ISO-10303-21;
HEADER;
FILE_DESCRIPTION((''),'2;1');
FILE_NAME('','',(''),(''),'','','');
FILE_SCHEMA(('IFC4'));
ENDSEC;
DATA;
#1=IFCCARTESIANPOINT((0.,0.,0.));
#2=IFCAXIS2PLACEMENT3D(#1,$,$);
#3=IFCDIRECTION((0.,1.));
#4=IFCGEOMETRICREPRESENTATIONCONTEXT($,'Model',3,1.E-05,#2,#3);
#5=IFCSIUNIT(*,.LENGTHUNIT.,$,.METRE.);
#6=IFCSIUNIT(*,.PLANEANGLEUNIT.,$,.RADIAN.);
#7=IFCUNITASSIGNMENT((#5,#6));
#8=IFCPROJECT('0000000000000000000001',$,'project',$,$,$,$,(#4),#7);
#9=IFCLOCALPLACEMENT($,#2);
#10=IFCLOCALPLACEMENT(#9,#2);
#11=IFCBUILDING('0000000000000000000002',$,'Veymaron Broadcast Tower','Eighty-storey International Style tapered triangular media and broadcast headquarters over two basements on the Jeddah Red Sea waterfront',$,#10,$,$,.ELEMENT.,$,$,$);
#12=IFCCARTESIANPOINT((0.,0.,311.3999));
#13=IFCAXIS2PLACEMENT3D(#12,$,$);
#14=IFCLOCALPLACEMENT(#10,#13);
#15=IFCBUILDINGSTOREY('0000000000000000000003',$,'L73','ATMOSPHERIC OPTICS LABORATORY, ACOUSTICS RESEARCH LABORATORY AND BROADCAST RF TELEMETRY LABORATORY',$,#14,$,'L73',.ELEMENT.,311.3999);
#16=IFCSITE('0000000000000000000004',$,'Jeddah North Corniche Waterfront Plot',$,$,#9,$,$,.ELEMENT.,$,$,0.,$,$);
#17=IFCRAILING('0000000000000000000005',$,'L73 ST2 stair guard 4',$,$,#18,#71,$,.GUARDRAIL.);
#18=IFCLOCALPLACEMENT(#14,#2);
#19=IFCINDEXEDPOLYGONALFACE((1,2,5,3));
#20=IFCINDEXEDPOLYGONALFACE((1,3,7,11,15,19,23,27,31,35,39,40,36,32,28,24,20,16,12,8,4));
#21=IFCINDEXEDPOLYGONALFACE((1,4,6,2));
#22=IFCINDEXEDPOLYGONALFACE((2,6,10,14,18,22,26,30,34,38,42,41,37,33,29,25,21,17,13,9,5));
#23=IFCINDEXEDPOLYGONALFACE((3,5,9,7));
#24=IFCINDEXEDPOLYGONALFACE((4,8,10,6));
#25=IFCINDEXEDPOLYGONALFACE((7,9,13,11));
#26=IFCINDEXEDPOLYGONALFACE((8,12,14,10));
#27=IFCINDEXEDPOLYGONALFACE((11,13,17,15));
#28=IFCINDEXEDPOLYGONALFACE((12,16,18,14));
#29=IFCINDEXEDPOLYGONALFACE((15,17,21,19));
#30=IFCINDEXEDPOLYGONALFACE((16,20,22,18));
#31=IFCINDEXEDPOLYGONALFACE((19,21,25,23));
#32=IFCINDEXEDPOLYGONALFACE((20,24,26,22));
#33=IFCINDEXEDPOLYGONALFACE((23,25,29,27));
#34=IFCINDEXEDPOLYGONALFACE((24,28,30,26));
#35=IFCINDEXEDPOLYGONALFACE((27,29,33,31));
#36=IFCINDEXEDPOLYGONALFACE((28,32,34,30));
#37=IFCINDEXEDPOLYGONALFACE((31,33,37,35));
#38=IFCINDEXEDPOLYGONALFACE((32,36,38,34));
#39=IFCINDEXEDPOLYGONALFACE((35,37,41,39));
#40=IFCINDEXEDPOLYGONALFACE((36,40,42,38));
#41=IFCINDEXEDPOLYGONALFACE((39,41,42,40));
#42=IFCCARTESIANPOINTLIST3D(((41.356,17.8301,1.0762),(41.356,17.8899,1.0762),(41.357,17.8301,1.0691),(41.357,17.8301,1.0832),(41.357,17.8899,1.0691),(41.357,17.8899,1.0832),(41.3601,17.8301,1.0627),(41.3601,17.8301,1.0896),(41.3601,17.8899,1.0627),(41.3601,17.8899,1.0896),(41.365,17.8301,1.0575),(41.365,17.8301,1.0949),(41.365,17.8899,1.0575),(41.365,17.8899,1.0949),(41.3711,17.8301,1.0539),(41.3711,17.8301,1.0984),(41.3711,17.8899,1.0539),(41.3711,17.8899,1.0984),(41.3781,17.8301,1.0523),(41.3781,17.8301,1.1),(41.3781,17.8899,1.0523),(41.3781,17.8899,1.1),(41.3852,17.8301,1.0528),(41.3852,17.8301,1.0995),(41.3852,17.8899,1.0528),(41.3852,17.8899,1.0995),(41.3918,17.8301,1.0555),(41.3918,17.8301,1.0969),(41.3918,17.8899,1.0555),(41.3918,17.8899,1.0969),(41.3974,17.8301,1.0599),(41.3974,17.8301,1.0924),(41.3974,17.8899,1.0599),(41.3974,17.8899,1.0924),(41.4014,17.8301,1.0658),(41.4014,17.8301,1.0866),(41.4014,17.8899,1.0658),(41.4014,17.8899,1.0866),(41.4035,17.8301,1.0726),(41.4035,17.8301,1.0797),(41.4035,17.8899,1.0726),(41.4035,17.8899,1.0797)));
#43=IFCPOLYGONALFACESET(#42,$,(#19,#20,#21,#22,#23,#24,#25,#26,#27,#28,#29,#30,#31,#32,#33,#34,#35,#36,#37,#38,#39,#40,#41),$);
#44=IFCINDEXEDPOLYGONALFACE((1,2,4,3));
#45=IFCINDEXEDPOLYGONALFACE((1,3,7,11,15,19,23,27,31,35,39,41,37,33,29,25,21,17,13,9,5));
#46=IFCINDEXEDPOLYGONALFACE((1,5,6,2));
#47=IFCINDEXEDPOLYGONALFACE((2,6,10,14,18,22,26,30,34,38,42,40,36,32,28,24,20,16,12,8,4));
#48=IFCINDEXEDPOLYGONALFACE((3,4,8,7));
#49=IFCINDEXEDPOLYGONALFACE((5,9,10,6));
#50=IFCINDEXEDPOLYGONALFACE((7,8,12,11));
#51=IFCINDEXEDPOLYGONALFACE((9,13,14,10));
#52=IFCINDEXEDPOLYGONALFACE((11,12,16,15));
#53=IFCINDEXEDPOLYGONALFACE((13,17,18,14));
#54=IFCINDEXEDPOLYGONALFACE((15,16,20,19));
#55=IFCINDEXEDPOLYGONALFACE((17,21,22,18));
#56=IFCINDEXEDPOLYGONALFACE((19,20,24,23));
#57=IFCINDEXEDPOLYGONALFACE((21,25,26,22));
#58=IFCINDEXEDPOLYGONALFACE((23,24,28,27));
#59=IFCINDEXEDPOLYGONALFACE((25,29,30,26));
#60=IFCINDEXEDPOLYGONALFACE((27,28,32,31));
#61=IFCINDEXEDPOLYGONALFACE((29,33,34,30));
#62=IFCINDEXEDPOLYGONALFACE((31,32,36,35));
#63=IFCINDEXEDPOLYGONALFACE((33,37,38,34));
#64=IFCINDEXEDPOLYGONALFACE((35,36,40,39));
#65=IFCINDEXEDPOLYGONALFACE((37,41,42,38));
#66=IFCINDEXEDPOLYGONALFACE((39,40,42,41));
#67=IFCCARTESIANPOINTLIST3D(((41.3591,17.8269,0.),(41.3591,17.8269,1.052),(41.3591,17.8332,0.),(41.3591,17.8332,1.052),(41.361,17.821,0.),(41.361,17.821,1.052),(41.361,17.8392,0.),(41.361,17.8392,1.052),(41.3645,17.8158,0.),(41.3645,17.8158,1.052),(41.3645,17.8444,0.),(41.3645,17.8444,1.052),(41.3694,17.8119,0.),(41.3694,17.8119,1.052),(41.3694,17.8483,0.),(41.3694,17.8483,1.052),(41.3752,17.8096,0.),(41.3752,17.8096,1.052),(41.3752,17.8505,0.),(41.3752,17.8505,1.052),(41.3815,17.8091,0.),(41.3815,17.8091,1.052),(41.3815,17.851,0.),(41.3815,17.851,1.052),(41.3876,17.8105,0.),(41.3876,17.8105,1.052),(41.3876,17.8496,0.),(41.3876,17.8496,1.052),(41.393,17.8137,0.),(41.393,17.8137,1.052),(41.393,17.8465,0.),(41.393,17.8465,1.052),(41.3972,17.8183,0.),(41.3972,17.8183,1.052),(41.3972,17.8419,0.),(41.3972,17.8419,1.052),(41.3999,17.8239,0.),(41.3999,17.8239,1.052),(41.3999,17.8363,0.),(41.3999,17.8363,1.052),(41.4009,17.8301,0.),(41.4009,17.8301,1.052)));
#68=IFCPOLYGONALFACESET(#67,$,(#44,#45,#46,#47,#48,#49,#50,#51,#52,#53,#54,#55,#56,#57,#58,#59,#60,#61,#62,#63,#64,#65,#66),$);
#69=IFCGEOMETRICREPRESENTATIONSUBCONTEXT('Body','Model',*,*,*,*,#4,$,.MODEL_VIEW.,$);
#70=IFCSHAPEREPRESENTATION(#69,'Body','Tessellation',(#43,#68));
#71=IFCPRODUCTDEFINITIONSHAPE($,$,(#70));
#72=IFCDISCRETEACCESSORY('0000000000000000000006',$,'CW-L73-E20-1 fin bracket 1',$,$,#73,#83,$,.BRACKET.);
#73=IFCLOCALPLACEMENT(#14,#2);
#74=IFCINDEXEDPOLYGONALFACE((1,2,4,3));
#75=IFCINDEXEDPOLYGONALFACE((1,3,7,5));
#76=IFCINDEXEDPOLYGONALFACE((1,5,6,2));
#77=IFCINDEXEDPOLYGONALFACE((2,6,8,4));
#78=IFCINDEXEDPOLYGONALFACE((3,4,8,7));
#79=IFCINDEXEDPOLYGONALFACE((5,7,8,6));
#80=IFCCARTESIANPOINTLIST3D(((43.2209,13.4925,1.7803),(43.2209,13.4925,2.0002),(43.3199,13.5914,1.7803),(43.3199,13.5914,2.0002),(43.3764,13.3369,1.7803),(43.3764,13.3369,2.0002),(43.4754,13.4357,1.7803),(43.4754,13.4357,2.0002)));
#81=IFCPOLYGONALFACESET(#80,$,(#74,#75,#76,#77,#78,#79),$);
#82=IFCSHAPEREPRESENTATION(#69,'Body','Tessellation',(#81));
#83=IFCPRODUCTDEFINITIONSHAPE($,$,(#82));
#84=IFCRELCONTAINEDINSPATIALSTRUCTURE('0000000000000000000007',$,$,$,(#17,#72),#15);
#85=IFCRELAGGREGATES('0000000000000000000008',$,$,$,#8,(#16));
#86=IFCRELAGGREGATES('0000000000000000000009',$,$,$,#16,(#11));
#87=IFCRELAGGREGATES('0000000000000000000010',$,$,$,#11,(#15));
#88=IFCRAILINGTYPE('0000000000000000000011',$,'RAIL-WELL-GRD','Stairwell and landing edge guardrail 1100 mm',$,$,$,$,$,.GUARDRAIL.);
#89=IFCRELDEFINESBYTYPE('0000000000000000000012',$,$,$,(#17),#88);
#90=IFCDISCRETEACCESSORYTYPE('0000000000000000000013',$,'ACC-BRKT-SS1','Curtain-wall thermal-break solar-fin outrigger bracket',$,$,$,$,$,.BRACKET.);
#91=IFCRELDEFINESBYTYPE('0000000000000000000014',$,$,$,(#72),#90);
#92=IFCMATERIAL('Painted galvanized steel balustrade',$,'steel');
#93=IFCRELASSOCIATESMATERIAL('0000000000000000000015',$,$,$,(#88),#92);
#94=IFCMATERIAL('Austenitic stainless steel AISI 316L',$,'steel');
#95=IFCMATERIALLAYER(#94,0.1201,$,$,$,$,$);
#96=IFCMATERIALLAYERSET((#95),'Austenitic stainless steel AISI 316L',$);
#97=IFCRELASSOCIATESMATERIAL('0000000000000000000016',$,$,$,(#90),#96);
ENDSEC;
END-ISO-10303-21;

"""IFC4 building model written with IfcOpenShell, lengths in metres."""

from ifc_helpers import new_model, si_unit, direction, frame, origin, origin_2d, place, context, subcontext, project, spatial, rectangle, circle, extrude, material, layer, layer_set, type_object, element, save


model = new_model("IFC4")

# Units and contexts
model_context = context("Model", 3, precision=1e-05, world=origin(), true_north=direction((0.0, 1.0)))
body_context = subcontext(model_context, "Body", "Model", "MODEL_VIEW")
ifc_project = project(units=[si_unit("LENGTHUNIT", "METRE"), si_unit("PLANEANGLEUNIT", "RADIAN")], contexts=[model_context])

# Site, building, storey
site_placement = place(None, origin())
site = spatial("IfcSite", under=ifc_project, at=site_placement, Name="Jeddah North Corniche Waterfront Plot", CompositionType="ELEMENT", RefElevation=0.0)
building_placement = place(site_placement, origin())
building = spatial("IfcBuilding", under=site, at=building_placement, Name="Veymaron Broadcast Tower", Description="Eighty-storey International Style tapered triangular media and broadcast headquarters over two basements on the Jeddah Red Sea waterfront", CompositionType="ELEMENT")
storey_placement = place(building_placement, frame((0.0, 0.0, 311.3999)))
storey = spatial("IfcBuildingStorey", under=building, at=storey_placement, Name="L73", Description="ATMOSPHERIC OPTICS LABORATORY, ACOUSTICS RESEARCH LABORATORY AND BROADCAST RF TELEMETRY LABORATORY", LongName="L73", CompositionType="ELEMENT", Elevation=311.3999)

# Railing
ifc_material_1 = material(Name="Painted galvanized steel balustrade", Category="steel")
railing_type_1 = type_object("IfcRailingType", Name="RAIL-WELL-GRD", Description="Stairwell and landing edge guardrail 1100 mm", PredefinedType="GUARDRAIL", material=ifc_material_1)
railing_1_placement = place(storey_placement, frame((41.3799, 17.8301, 0.0)))
element("IfcRailing", 1, at=railing_1_placement, inside=storey, type_object=railing_type_1, Name="L73 ST2 stair guard 4", PredefinedType="GUARDRAIL", context=body_context, shape_type="SweptSolid", body=[
    extrude(circle(Radius=0.0239, at=origin_2d()), frame((0.0, 0.0, 1.0762), z_axis=(0.0, 1.0, 0.0), x_axis=(-1.0, 0.0, 0.0)), (0.0, 0.0, 1.0), 0.0598),
    extrude(circle(Radius=0.021, at=origin_2d()), origin(), (0.0, 0.0, 1.0), 1.052),
])

# Discrete accessory
ifc_material_2 = material(Name="Austenitic stainless steel AISI 316L", Category="steel")
ifc_layer_1 = layer(ifc_material_2, 0.1201)
ifc_layer_set_1 = layer_set([ifc_layer_1], Name="Austenitic stainless steel AISI 316L")
discrete_accessory_type = type_object("IfcDiscreteAccessoryType", Name="ACC-BRKT-SS1", Description="Curtain-wall thermal-break solar-fin outrigger bracket", PredefinedType="BRACKET", material=ifc_layer_set_1)
discrete_accessory_placement = place(storey_placement, frame((43.3481, 13.4641, 1.7803), z_axis=(0.0, 0.0, 1.0), x_axis=(0.706811, -0.707403, 0.0)))
element("IfcDiscreteAccessory", 2, at=discrete_accessory_placement, inside=storey, type_object=discrete_accessory_type, Name="CW-L73-E20-1 fin bracket 1", PredefinedType="BRACKET", context=body_context, shape_type="SweptSolid", body=[
    extrude(rectangle(XDim=0.22, YDim=0.1399, at=origin_2d()), origin(), (0.0, 0.0, 1.0), 0.22),
])

save(model, "model.ifc")
